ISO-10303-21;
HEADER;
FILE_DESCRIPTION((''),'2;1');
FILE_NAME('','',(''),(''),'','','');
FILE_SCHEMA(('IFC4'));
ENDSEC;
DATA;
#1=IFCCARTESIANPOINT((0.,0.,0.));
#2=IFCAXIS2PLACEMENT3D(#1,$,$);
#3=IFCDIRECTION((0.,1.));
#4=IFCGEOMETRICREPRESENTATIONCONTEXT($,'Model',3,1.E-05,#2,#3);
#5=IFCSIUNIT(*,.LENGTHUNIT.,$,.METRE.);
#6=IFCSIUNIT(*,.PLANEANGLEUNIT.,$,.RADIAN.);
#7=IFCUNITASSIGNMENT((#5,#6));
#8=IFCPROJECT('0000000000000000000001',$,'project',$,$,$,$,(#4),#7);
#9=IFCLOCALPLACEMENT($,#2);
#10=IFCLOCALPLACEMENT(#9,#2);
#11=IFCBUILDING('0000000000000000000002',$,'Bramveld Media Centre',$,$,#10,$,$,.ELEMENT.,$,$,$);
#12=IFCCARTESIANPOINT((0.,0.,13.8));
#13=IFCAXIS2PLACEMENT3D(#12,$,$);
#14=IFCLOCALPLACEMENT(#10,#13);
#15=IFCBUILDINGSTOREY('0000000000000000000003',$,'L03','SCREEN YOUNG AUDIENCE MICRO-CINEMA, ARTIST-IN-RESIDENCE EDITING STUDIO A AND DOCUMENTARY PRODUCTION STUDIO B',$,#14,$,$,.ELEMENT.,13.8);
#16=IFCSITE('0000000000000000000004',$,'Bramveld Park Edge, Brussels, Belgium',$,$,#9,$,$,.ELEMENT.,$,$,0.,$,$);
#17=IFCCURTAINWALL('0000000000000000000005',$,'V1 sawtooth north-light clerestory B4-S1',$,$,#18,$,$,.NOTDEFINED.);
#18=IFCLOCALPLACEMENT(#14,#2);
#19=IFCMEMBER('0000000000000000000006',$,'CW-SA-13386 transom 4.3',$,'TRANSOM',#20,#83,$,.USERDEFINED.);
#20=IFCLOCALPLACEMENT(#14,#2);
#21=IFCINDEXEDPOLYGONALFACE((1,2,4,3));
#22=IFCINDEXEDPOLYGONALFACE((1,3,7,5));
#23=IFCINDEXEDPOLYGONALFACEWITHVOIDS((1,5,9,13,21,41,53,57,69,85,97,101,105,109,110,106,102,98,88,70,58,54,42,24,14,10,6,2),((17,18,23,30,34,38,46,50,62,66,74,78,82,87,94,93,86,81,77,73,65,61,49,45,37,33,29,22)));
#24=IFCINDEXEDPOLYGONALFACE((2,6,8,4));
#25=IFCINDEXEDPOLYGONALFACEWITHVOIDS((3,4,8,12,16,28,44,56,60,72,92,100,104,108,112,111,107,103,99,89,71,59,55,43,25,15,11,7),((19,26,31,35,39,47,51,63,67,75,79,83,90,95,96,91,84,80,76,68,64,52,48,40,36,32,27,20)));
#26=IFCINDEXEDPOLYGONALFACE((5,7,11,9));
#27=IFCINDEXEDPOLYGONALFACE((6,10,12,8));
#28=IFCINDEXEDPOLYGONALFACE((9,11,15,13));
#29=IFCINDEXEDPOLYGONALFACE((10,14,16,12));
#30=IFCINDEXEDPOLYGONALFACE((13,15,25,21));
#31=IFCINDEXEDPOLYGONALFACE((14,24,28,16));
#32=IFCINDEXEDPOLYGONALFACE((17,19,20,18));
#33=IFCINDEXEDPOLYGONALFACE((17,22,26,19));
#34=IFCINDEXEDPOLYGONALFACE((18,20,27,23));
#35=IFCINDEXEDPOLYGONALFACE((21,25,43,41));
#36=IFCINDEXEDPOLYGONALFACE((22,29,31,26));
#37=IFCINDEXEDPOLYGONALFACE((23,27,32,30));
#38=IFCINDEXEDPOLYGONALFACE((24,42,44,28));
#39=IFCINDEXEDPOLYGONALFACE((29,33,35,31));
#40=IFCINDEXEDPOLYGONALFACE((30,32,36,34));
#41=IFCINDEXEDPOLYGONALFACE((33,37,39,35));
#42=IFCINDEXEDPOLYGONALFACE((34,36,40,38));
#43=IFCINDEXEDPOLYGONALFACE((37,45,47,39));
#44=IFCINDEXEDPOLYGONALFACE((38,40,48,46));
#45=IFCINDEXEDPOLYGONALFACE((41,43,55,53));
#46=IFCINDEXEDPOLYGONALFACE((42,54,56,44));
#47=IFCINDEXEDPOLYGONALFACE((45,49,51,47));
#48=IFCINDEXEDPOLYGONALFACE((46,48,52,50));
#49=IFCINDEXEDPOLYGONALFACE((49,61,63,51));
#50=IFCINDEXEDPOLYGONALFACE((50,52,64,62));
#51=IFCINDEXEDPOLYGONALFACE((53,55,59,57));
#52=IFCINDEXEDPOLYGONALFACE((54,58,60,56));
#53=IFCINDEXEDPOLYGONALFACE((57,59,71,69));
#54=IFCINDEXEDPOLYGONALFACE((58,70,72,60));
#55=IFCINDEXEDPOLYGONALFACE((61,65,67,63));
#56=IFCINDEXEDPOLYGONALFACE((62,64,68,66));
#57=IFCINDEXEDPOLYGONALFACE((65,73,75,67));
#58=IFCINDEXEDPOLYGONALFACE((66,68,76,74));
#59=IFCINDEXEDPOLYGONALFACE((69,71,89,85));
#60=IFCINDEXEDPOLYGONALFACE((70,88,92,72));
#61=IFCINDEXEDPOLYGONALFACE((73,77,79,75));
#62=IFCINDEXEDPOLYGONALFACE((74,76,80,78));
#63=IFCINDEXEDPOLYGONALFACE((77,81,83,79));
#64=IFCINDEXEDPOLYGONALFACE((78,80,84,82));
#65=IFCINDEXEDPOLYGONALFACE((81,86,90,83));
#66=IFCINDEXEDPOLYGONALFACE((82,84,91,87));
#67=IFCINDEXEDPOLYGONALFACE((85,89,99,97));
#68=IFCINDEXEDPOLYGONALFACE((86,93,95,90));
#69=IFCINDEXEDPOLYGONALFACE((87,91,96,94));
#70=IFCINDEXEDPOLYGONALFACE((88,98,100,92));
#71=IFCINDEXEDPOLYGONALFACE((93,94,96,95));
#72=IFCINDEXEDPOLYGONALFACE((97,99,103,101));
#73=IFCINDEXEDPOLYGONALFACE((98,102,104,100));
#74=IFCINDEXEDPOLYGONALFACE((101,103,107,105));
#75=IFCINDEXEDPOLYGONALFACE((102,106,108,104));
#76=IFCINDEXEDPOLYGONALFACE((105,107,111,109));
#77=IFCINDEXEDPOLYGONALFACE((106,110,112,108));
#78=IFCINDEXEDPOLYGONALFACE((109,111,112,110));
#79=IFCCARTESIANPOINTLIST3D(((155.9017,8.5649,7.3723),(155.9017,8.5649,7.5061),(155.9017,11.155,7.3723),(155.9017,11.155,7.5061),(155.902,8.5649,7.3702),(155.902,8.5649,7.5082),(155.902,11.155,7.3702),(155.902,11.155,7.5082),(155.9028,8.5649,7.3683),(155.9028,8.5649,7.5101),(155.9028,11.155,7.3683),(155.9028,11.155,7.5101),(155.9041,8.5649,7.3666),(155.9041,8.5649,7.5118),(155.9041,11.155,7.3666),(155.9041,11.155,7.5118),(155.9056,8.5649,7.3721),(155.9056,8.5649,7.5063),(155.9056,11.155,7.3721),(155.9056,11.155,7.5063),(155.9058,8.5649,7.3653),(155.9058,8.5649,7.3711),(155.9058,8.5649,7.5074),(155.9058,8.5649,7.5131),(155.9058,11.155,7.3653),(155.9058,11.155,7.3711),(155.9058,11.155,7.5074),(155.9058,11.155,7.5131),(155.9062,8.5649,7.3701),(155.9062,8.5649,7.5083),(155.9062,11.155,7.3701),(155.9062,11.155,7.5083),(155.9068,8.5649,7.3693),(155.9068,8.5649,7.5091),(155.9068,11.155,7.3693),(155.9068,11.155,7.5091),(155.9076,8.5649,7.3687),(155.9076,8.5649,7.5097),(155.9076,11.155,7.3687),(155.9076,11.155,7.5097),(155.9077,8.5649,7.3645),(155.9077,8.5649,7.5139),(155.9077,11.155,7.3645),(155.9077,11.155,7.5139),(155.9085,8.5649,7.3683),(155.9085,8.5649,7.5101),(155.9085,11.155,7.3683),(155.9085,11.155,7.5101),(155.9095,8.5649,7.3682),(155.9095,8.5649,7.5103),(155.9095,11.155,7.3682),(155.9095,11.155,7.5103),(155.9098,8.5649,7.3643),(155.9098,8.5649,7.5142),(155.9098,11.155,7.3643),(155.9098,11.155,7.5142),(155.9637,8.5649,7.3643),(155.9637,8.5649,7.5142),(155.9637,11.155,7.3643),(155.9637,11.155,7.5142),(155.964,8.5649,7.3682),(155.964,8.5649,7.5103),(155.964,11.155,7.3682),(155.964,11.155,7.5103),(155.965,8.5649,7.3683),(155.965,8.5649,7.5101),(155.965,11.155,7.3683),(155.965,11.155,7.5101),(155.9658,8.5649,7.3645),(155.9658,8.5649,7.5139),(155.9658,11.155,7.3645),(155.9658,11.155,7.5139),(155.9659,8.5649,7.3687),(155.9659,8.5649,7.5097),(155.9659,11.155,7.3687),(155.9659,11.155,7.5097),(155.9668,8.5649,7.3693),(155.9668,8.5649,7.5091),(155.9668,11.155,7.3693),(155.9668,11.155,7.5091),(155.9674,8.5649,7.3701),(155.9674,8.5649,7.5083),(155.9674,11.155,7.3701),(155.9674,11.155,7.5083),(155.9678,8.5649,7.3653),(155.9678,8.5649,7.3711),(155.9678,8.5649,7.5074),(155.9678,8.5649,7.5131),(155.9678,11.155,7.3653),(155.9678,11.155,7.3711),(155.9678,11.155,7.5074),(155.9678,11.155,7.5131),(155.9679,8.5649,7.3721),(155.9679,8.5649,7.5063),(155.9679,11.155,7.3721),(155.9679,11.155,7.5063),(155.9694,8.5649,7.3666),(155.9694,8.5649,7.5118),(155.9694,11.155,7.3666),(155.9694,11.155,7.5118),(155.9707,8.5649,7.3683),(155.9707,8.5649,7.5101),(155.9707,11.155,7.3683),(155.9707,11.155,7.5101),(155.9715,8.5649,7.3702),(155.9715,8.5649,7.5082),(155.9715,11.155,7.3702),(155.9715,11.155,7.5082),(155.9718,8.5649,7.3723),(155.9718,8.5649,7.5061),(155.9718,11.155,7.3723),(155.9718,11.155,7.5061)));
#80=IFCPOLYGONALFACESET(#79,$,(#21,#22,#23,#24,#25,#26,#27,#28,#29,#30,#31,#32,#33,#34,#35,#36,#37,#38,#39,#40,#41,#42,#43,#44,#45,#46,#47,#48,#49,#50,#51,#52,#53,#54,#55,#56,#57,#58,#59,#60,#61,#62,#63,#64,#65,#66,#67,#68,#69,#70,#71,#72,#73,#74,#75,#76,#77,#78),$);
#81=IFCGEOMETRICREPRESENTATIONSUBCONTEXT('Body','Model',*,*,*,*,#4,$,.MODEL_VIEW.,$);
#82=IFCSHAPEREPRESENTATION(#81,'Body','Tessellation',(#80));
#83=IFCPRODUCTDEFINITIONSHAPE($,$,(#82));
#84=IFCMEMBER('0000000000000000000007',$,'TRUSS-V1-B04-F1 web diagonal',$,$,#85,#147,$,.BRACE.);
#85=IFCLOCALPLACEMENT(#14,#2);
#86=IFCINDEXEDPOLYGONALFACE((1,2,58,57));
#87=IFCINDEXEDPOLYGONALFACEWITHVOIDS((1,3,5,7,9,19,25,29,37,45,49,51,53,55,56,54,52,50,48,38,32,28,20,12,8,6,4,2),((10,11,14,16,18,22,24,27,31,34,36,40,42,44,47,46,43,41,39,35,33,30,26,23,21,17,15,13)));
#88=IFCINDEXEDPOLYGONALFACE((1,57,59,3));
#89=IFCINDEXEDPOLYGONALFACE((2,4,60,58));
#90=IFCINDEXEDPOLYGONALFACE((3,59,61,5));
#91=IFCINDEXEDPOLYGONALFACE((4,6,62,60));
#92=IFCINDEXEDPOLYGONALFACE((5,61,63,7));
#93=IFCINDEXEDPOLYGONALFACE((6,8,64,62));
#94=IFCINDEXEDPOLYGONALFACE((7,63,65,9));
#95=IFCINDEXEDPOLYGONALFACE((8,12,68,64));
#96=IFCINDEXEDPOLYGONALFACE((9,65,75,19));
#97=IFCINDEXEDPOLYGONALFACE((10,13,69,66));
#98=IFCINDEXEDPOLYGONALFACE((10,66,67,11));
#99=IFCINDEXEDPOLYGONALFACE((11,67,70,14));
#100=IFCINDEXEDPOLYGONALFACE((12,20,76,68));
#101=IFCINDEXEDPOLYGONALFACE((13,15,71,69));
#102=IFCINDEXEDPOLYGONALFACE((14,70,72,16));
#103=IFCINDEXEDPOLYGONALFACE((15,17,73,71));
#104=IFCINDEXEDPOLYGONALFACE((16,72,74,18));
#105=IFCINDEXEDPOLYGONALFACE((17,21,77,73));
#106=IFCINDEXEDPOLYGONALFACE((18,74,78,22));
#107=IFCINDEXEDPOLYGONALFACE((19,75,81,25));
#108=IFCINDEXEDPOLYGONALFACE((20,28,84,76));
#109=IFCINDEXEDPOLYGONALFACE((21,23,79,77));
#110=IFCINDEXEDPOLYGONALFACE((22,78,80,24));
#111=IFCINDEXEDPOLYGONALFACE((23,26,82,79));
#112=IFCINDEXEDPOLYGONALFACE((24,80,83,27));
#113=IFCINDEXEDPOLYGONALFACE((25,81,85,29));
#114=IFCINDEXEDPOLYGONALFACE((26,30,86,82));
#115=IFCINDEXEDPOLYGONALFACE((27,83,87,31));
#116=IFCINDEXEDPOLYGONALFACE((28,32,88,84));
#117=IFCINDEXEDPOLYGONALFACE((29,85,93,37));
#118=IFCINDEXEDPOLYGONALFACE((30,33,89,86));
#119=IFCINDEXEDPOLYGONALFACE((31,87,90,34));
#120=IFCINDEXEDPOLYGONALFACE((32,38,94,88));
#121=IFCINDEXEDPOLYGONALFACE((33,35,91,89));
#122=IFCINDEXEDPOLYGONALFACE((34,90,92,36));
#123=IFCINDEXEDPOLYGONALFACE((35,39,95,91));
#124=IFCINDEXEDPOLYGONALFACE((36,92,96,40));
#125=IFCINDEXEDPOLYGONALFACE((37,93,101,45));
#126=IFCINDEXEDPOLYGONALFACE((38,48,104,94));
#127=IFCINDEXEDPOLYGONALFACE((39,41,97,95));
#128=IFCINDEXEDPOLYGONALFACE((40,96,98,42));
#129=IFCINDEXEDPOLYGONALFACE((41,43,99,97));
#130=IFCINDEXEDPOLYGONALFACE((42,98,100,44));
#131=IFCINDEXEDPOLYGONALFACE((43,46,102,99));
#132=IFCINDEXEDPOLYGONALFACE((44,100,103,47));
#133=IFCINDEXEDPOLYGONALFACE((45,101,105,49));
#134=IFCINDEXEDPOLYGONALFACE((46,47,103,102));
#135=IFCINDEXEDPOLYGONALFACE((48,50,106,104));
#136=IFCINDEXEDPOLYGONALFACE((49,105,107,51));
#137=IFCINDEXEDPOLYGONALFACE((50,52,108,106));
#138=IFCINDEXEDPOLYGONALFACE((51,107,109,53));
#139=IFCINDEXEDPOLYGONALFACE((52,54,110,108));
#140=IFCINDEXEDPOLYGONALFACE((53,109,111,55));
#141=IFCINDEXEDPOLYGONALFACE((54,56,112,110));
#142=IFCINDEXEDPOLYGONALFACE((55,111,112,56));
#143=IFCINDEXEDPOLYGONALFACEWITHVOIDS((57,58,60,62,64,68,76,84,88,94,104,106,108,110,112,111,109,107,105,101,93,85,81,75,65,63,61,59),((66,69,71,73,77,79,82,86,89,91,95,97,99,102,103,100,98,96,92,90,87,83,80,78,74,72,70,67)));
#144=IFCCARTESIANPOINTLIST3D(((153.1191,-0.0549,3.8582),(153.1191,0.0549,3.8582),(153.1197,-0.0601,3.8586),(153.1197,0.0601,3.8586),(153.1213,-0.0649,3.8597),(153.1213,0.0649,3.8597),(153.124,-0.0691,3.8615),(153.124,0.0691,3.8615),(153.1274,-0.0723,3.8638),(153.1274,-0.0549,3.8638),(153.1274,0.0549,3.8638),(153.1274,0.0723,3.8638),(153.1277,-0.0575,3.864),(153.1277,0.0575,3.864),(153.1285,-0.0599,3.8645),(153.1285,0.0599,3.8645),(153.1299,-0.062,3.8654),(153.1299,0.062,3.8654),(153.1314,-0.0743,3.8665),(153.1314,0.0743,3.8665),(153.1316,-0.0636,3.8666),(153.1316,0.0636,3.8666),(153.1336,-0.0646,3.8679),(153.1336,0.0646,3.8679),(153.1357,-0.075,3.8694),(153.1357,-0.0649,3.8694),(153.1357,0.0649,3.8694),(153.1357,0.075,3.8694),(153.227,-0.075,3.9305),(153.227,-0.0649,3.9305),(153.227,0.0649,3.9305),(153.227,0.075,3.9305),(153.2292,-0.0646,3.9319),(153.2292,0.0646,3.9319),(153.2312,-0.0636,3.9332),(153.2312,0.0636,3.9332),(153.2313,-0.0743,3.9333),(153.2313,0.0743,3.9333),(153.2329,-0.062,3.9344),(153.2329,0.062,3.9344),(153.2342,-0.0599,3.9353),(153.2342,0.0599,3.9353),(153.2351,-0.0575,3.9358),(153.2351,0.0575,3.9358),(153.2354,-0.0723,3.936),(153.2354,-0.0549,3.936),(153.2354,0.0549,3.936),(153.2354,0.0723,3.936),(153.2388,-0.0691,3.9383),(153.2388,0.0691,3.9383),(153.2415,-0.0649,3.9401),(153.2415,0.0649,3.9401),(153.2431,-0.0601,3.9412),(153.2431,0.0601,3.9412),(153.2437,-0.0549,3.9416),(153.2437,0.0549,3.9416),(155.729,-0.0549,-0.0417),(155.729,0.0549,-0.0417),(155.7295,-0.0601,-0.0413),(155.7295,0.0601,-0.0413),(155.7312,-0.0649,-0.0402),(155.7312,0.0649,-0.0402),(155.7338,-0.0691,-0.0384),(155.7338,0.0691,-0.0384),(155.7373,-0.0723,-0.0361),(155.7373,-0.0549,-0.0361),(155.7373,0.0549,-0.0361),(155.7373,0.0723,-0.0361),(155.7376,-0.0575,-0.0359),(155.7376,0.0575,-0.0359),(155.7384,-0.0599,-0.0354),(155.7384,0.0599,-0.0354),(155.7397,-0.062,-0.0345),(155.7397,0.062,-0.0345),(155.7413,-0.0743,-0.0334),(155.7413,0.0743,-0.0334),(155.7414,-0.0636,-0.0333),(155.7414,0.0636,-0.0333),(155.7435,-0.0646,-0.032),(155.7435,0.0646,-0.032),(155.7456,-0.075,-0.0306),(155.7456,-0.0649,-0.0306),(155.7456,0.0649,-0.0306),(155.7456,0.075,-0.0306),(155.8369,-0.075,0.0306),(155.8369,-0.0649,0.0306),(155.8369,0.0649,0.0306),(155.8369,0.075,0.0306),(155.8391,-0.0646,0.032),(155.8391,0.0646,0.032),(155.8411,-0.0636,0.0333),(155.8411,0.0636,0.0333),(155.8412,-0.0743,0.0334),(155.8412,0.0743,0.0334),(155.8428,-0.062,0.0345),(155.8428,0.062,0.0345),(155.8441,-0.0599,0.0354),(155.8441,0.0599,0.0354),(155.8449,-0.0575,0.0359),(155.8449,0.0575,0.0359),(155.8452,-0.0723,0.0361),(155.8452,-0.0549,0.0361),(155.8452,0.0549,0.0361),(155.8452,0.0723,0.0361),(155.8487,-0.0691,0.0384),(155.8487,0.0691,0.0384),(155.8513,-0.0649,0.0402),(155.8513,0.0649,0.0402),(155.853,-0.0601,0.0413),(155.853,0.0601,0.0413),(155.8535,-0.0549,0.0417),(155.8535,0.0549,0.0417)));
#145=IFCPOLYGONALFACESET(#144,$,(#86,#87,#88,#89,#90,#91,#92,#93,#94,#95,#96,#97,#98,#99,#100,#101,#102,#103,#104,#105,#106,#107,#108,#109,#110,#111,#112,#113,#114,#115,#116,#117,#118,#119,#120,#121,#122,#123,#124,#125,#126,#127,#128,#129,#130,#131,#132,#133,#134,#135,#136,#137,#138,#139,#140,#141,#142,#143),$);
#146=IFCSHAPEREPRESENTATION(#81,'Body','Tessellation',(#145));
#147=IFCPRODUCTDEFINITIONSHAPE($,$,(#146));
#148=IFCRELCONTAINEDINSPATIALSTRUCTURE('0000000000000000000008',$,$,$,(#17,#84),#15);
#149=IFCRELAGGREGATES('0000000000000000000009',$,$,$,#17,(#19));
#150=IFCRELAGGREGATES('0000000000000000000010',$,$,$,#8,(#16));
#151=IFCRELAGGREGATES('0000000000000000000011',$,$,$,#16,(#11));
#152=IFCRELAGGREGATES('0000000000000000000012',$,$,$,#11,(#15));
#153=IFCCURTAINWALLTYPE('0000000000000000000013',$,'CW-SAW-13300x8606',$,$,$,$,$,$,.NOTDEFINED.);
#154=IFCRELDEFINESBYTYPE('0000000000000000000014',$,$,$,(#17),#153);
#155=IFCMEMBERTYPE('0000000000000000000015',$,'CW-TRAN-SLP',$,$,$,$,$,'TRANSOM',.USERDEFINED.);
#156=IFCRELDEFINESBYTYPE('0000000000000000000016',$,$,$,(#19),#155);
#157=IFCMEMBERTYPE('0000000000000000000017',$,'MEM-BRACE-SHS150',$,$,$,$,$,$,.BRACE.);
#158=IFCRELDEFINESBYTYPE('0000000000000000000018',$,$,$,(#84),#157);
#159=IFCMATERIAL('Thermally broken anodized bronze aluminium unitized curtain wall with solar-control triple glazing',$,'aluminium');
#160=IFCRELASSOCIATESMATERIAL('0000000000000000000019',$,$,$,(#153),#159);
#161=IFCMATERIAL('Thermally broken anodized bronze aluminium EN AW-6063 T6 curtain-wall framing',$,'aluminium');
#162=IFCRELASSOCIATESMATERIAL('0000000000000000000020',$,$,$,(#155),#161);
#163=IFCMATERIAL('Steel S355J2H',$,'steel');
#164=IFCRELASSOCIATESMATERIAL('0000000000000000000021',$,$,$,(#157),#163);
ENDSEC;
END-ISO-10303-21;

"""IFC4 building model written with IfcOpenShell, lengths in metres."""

from ifc_helpers import new_model, si_unit, direction, frame, origin, origin_2d, place, context, subcontext, project, spatial, hollow_rectangle, extrude, material, material_profile, profile_set, type_object, element, aggregate, save


model = new_model("IFC4")

# Units and contexts
model_context = context("Model", 3, precision=1e-05, world=origin(), true_north=direction((0.0, 1.0)))
body_context = subcontext(model_context, "Body", "Model", "MODEL_VIEW")
ifc_project = project(units=[si_unit("LENGTHUNIT", "METRE"), si_unit("PLANEANGLEUNIT", "RADIAN")], contexts=[model_context])

# Site, building, storey
site_placement = place(None, origin())
site = spatial("IfcSite", under=ifc_project, at=site_placement, Name="Bramveld Park Edge, Brussels, Belgium", CompositionType="ELEMENT", RefElevation=0.0)
building_placement = place(site_placement, origin())
building = spatial("IfcBuilding", under=site, at=building_placement, Name="Bramveld Media Centre", CompositionType="ELEMENT")
storey_placement = place(building_placement, frame((0.0, 0.0, 13.8)))
storey = spatial("IfcBuildingStorey", under=building, at=storey_placement, Name="L03", Description="SCREEN YOUNG AUDIENCE MICRO-CINEMA, ARTIST-IN-RESIDENCE EDITING STUDIO A AND DOCUMENTARY PRODUCTION STUDIO B", CompositionType="ELEMENT", Elevation=13.8)

# Curtain wall, member
ifc_material_1 = material(Name="Thermally broken anodized bronze aluminium unitized curtain wall with solar-control triple glazing", Category="aluminium")
curtain_wall_type = type_object("IfcCurtainWallType", Name="CW-SAW-13300x8606", PredefinedType="NOTDEFINED", material=ifc_material_1)
curtain_wall_1_placement = place(storey_placement, origin())
curtain_wall_1 = element("IfcCurtainWall", 1, at=curtain_wall_1_placement, inside=storey, type_object=curtain_wall_type, Name="V1 sawtooth north-light clerestory B4-S1", PredefinedType="NOTDEFINED")
ifc_material_2 = material(Name="Thermally broken anodized bronze aluminium EN AW-6063 T6 curtain-wall framing", Category="aluminium")
ifc_material_profile_1 = material_profile(ifc_material_2, hollow_rectangle(XDim=0.0701, YDim=0.1499, WallThickness=0.0039, InnerFilletRadius=0.0039, OuterFilletRadius=0.0081, at=origin_2d()), Name="AL-TRAN 70x150")
ifc_profile_set_1 = profile_set([ifc_material_profile_1], Name="Thermally broken anodized bronze aluminium EN AW-6063 T6 curtain-wall framing")
member_type_1 = type_object("IfcMemberType", Name="CW-TRAN-SLP", ElementType="TRANSOM", PredefinedType="USERDEFINED", material=ifc_profile_set_1)
member_1_placement = place(storey_placement, frame((155.9368, 8.5649, 7.4392), z_axis=(0.0, 1.0, 0.0), x_axis=(-1.0, 0.0, 0.0)))
member_1 = element("IfcMember", 2, at=member_1_placement, type_object=member_type_1, Name="CW-SA-13386 transom 4.3", ObjectType="TRANSOM", PredefinedType="USERDEFINED", context=body_context, shape_type="SweptSolid", body=[
    extrude(hollow_rectangle(XDim=0.0701, YDim=0.1499, WallThickness=0.0039, InnerFilletRadius=0.0039, OuterFilletRadius=0.0081, at=origin_2d()), origin(), (0.0, 0.0, 1.0), 2.5901),
])

# Member
ifc_material_3 = material(Name="Steel S355J2H", Category="steel")
ifc_material_profile_2 = material_profile(ifc_material_3, hollow_rectangle(XDim=0.1499, YDim=0.1499, WallThickness=0.01, InnerFilletRadius=0.01, OuterFilletRadius=0.02, at=origin_2d()), Name="SHS 150x150x10")
ifc_profile_set_2 = profile_set([ifc_material_profile_2], Name="Steel S355J2H")
member_type_2 = type_object("IfcMemberType", Name="MEM-BRACE-SHS150", PredefinedType="BRACE", material=ifc_profile_set_2)
member_2_placement = place(storey_placement, frame((155.7913, 0.0, 0.0), z_axis=(-0.556164, 0.0, 0.831073), x_axis=(0.0, -1.0, 0.0)))
element("IfcMember", 3, at=member_2_placement, inside=storey, type_object=member_type_2, Name="TRUSS-V1-B04-F1 web diagonal", PredefinedType="BRACE", context=body_context, shape_type="SweptSolid", body=[
    extrude(hollow_rectangle(XDim=0.1499, YDim=0.1499, WallThickness=0.01, InnerFilletRadius=0.01, OuterFilletRadius=0.02, at=origin_2d()), origin(), (0.0, 0.0, 1.0), 4.6926),
])

aggregate(curtain_wall_1, [member_1])

save(model, "model.ifc")
